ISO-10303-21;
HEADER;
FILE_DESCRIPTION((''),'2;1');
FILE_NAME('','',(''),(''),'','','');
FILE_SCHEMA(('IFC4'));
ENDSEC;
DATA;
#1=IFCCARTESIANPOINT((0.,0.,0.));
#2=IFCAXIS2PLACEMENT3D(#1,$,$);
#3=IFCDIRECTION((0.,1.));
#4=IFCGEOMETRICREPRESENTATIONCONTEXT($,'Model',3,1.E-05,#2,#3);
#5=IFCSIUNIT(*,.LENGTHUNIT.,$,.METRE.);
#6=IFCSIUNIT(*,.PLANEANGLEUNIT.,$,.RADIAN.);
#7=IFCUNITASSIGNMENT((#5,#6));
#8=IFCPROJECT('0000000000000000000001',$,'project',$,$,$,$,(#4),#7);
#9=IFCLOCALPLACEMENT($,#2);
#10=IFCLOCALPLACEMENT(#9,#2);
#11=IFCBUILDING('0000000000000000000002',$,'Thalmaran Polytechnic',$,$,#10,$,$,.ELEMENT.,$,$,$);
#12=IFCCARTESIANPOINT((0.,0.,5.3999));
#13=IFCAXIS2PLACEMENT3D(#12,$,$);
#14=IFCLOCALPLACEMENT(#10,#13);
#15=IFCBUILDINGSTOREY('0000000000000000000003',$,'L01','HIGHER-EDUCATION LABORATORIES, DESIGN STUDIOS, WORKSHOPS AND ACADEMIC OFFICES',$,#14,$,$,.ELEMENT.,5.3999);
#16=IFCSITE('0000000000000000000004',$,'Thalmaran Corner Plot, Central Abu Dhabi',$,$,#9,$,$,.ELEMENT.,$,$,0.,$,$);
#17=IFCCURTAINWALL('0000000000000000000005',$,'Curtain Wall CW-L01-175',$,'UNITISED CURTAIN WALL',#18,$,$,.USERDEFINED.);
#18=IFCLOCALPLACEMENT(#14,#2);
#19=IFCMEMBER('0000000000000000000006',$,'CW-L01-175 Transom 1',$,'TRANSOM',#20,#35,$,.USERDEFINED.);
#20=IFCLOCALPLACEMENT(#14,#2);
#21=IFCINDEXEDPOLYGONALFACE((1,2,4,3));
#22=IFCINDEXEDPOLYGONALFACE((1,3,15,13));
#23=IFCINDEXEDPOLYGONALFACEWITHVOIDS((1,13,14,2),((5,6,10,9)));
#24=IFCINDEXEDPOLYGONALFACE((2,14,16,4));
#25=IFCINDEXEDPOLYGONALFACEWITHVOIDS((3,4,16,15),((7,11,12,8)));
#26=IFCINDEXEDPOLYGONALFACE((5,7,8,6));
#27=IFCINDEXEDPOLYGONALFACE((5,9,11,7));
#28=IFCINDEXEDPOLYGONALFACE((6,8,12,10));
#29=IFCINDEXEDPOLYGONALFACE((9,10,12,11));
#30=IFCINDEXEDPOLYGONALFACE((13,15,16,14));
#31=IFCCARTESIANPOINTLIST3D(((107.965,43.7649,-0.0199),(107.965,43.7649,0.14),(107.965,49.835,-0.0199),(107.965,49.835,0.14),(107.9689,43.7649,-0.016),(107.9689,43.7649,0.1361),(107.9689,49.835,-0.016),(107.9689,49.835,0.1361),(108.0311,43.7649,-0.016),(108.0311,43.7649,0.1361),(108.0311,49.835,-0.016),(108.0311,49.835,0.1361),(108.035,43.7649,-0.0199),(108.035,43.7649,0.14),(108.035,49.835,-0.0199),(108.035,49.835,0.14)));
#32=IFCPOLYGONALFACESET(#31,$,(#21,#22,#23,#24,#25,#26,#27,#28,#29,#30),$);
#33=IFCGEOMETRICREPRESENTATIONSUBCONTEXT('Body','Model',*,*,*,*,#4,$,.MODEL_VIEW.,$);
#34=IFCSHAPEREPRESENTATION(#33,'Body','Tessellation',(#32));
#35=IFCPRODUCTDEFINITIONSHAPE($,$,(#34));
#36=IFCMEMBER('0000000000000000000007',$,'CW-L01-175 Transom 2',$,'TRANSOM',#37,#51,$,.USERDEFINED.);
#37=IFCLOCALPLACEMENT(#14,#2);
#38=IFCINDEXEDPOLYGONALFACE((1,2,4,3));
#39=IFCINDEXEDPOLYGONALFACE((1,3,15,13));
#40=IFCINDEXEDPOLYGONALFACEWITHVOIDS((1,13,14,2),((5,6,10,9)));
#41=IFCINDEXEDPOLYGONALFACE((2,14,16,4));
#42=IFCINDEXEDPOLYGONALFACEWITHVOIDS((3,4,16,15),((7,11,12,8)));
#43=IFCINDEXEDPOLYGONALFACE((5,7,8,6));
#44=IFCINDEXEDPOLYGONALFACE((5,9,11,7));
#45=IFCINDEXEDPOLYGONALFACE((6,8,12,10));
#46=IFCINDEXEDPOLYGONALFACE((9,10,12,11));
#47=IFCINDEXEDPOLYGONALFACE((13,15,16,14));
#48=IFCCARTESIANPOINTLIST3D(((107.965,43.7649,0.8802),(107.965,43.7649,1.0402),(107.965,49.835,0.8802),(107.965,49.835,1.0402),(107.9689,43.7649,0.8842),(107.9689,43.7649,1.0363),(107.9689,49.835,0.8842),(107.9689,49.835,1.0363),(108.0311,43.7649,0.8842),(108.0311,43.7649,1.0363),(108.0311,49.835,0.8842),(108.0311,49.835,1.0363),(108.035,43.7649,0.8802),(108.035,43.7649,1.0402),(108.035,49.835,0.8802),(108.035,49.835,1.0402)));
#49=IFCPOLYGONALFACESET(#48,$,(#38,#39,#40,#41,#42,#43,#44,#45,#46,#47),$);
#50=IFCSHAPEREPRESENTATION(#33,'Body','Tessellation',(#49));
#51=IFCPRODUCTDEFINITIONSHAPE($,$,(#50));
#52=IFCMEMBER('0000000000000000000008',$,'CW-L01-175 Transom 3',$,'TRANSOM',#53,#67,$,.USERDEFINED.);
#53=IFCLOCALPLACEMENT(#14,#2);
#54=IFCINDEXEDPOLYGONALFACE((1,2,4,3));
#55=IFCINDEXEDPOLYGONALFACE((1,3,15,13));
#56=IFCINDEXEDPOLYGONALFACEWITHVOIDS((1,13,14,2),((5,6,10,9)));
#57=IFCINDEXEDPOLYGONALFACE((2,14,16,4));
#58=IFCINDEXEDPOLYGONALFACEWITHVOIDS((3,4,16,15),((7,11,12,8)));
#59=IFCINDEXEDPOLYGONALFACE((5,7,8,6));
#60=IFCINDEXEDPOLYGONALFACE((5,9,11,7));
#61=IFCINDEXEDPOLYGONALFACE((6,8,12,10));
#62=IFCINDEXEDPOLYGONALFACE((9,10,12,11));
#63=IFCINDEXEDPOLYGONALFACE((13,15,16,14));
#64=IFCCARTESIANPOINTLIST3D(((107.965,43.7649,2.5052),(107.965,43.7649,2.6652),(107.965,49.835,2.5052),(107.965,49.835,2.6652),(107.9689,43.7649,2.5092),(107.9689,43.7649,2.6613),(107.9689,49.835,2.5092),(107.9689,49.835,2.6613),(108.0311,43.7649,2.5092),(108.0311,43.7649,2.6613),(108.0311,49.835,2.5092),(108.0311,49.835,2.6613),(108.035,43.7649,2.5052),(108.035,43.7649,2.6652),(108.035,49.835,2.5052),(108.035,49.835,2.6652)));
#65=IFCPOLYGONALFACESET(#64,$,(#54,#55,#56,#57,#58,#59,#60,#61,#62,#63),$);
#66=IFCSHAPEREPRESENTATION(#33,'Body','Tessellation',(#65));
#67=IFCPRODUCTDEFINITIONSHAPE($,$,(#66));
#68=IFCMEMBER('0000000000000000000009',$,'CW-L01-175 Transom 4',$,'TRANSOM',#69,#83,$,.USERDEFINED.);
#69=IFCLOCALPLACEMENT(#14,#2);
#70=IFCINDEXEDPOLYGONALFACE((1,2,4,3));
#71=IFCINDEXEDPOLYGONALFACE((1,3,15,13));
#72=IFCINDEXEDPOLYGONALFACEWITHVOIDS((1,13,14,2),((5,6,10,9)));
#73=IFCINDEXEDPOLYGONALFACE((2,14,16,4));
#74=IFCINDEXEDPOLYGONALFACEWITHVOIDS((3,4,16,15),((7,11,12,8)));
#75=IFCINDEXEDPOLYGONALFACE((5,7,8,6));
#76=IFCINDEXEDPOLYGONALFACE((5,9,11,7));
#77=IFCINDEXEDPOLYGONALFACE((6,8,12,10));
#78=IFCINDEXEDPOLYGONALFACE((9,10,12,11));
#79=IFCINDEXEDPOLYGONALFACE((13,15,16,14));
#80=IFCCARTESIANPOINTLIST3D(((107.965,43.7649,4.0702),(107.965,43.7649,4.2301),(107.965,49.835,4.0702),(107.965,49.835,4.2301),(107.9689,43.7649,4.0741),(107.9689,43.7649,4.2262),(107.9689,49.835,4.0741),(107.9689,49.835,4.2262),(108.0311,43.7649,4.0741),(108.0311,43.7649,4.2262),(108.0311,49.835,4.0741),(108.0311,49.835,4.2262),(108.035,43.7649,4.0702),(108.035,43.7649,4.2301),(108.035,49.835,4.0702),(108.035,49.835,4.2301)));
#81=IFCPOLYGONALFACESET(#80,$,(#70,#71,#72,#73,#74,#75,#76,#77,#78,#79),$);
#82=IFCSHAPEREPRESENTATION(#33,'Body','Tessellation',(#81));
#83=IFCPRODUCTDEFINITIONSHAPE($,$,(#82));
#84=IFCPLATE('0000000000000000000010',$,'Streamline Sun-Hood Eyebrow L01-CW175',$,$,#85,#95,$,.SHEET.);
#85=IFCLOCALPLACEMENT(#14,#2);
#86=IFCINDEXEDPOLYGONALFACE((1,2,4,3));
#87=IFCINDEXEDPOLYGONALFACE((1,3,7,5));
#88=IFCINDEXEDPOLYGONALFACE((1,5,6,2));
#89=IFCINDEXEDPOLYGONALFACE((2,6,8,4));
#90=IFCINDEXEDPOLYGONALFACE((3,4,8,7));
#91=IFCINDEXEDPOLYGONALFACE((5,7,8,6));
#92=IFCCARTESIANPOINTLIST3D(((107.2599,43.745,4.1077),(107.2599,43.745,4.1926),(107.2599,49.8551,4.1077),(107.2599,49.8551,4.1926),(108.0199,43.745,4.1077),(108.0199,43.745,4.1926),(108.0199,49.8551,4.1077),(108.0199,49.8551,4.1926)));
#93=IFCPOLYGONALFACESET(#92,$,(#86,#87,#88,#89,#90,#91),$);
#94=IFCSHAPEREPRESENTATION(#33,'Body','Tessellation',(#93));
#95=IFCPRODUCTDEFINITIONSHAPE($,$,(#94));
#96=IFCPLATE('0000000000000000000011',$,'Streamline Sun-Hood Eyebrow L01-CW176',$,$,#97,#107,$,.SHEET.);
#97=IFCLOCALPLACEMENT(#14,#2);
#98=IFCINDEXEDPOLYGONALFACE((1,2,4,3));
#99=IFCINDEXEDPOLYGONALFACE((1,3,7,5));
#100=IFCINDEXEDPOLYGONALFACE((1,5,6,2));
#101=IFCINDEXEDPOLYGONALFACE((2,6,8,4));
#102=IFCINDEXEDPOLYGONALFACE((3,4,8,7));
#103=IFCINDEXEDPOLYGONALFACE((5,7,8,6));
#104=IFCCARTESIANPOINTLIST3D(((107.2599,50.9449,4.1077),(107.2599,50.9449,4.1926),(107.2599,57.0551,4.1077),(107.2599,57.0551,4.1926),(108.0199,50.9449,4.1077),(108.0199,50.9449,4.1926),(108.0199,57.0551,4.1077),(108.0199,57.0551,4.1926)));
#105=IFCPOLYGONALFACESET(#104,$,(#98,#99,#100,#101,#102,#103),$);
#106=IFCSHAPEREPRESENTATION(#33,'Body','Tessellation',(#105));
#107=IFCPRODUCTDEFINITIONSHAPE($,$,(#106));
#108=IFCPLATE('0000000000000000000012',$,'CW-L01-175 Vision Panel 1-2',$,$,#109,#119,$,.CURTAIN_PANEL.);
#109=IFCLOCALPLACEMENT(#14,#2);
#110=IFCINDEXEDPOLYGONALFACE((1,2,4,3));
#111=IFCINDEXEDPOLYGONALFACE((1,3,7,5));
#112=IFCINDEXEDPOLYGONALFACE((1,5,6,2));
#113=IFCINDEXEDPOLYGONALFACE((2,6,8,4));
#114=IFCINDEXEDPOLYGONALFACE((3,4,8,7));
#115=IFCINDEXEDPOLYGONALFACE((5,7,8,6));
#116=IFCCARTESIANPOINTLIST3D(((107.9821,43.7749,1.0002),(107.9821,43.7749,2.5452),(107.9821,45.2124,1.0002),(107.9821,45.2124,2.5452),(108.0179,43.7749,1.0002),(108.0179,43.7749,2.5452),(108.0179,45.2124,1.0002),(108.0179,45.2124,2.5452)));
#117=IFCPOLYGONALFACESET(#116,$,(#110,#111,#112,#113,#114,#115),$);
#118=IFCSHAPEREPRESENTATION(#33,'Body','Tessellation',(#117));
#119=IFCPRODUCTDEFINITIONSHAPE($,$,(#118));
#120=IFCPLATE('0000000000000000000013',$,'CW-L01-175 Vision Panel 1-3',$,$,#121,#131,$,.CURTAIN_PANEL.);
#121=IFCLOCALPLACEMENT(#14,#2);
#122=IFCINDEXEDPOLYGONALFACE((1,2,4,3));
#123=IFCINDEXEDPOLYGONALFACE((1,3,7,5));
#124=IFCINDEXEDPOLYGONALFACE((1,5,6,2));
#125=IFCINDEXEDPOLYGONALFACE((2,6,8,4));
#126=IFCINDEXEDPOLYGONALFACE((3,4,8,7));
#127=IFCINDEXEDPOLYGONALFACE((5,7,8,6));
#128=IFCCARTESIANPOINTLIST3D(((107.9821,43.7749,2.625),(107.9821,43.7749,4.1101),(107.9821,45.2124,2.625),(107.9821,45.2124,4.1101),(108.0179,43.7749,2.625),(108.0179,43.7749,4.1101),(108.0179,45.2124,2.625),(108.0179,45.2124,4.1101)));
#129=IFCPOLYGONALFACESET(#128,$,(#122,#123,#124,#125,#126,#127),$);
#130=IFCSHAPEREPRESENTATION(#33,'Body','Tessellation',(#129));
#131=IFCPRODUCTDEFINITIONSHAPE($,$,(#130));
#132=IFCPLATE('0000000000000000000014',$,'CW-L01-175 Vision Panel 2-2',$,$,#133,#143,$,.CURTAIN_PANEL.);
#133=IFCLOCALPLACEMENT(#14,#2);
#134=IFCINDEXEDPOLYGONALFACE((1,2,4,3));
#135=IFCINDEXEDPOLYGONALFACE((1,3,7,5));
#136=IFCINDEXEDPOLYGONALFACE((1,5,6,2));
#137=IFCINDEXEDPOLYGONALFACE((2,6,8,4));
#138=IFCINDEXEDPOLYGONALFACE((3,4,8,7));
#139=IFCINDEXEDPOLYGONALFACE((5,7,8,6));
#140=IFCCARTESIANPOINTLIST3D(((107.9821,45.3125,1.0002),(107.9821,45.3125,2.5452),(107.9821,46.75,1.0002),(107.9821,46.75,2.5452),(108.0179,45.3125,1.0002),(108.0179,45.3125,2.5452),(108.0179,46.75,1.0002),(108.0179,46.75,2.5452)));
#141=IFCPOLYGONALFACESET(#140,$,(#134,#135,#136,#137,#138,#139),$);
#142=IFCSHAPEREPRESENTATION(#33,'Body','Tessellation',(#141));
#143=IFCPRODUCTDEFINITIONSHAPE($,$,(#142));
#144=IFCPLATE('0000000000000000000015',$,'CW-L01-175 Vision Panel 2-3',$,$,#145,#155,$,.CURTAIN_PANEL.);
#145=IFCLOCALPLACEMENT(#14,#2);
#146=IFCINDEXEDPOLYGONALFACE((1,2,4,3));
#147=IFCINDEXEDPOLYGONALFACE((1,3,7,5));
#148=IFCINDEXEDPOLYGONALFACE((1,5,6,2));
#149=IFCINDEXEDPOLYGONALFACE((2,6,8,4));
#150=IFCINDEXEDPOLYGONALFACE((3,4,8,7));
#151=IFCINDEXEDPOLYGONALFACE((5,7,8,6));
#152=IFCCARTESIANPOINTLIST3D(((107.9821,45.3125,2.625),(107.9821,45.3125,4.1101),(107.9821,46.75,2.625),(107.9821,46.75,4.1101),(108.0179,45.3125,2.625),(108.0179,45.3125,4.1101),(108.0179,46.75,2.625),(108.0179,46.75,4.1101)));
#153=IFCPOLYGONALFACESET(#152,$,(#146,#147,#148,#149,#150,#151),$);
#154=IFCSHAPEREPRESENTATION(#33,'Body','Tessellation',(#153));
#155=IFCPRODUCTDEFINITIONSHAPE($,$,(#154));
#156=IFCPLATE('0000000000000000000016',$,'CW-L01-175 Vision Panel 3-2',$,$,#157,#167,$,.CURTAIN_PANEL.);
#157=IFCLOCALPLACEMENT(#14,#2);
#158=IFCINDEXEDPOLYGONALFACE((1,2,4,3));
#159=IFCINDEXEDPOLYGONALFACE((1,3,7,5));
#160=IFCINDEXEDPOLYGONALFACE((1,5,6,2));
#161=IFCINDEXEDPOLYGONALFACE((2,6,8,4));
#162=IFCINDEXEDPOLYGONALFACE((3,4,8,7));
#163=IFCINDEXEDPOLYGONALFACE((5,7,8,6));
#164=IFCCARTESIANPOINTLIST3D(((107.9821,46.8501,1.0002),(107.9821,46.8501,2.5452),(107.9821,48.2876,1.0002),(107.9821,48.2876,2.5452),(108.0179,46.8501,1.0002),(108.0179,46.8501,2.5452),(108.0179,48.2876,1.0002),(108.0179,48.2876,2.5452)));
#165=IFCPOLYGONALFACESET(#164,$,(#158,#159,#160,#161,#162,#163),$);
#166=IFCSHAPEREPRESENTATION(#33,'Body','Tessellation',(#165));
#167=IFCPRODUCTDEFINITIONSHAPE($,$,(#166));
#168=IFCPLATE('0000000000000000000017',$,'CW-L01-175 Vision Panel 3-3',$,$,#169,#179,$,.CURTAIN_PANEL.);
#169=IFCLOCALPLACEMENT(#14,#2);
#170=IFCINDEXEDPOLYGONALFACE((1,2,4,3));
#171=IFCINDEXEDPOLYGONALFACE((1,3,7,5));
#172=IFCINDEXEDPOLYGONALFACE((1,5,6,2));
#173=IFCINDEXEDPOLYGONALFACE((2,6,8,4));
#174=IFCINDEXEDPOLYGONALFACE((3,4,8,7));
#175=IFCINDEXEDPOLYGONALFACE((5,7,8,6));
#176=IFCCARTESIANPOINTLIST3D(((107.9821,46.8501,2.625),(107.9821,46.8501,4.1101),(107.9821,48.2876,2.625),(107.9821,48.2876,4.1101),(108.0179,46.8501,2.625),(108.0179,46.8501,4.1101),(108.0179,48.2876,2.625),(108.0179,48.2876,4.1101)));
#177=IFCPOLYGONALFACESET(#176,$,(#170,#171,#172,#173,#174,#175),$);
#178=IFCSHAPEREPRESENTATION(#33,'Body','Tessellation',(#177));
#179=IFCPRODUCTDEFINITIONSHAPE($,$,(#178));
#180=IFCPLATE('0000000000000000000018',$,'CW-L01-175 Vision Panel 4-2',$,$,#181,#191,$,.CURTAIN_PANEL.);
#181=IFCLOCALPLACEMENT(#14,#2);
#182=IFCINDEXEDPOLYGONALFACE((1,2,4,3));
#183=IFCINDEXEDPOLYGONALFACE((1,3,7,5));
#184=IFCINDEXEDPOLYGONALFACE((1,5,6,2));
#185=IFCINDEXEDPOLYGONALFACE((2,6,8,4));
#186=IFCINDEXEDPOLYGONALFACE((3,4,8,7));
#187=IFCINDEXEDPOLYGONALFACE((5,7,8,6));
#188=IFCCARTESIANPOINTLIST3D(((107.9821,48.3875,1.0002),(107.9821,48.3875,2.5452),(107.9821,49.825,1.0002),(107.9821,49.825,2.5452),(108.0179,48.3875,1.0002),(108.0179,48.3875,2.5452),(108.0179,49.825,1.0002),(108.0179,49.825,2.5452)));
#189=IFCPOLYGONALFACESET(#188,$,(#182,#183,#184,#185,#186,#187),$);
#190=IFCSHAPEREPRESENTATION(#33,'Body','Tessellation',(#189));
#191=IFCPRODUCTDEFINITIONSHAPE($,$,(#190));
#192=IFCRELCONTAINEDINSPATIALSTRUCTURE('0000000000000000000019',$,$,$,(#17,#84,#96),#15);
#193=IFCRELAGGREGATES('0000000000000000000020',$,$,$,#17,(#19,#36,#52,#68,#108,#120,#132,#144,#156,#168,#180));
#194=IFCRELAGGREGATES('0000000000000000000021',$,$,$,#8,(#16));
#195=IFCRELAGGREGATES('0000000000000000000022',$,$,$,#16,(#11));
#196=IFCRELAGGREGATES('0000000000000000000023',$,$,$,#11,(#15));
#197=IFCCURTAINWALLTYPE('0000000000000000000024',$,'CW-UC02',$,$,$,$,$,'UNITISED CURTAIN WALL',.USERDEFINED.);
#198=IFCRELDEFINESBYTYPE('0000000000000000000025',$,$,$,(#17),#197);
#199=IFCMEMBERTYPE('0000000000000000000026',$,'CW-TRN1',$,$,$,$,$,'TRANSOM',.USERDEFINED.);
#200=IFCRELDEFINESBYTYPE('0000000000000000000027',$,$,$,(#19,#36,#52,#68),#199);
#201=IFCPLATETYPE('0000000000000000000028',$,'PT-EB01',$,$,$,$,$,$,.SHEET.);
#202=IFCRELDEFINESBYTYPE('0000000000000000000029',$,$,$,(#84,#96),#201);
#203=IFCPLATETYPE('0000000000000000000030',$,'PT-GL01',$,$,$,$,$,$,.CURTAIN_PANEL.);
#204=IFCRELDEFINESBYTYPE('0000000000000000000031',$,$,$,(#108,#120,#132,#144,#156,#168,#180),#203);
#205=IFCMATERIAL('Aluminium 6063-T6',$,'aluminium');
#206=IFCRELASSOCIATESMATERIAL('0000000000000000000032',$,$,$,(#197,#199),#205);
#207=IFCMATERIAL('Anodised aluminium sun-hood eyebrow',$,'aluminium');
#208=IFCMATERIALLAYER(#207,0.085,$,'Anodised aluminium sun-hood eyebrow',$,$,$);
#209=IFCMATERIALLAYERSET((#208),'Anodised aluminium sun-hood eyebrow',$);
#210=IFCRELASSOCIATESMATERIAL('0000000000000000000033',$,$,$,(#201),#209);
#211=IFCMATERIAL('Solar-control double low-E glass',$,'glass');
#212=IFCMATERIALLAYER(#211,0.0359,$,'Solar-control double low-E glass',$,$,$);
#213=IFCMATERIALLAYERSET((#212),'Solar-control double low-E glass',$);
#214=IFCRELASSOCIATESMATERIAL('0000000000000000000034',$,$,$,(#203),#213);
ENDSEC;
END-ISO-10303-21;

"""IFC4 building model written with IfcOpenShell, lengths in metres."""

from ifc_helpers import new_model, si_unit, direction, frame, origin, origin_2d, place, context, subcontext, project, spatial, rectangle, hollow_rectangle, extrude, material, layer, layer_set, material_profile, profile_set, type_object, element, aggregate, save


model = new_model("IFC4")

# Units and contexts
model_context = context("Model", 3, precision=1e-05, world=origin(), true_north=direction((0.0, 1.0)))
body_context = subcontext(model_context, "Body", "Model", "MODEL_VIEW")
ifc_project = project(units=[si_unit("LENGTHUNIT", "METRE"), si_unit("PLANEANGLEUNIT", "RADIAN")], contexts=[model_context])

# Site, building, storey
site_placement = place(None, origin())
site = spatial("IfcSite", under=ifc_project, at=site_placement, Name="Thalmaran Corner Plot, Central Abu Dhabi", CompositionType="ELEMENT", RefElevation=0.0)
building_placement = place(site_placement, origin())
building = spatial("IfcBuilding", under=site, at=building_placement, Name="Thalmaran Polytechnic", CompositionType="ELEMENT")
storey_placement = place(building_placement, frame((0.0, 0.0, 5.3999)))
storey = spatial("IfcBuildingStorey", under=building, at=storey_placement, Name="L01", Description="HIGHER-EDUCATION LABORATORIES, DESIGN STUDIOS, WORKSHOPS AND ACADEMIC OFFICES", CompositionType="ELEMENT", Elevation=5.3999)

# Curtain wall, members
ifc_material_1 = material(Name="Aluminium 6063-T6", Category="aluminium")
curtain_wall_type = type_object("IfcCurtainWallType", Name="CW-UC02", ElementType="UNITISED CURTAIN WALL", PredefinedType="USERDEFINED", material=ifc_material_1)
curtain_wall_1_placement = place(storey_placement, origin())
curtain_wall_1 = element("IfcCurtainWall", 1, at=curtain_wall_1_placement, inside=storey, type_object=curtain_wall_type, Name="Curtain Wall CW-L01-175", ObjectType="UNITISED CURTAIN WALL", PredefinedType="USERDEFINED")
ifc_material_profile_1 = material_profile(ifc_material_1, hollow_rectangle(XDim=0.0701, YDim=0.1599, WallThickness=0.0039, at=origin_2d()), Name="AL 160x70x4.0")
ifc_profile_set_1 = profile_set([ifc_material_profile_1], Name="Aluminium 6063-T6")
member_type_1 = type_object("IfcMemberType", Name="CW-TRN1", ElementType="TRANSOM", PredefinedType="USERDEFINED", material=ifc_profile_set_1)
member_1_placement = place(storey_placement, frame((108.0, 43.7649, 0.0601), z_axis=(0.0, 1.0, 0.0), x_axis=(-1.0, 0.0, 0.0)))
member_1 = element("IfcMember", 2, at=member_1_placement, type_object=member_type_1, Name="CW-L01-175 Transom 1", ObjectType="TRANSOM", PredefinedType="USERDEFINED", context=body_context, shape_type="SweptSolid", body=[
    extrude(hollow_rectangle(XDim=0.0701, YDim=0.1599, WallThickness=0.0039, at=origin_2d()), origin(), (0.0, 0.0, 1.0), 6.0701),
])
member_2_placement = place(storey_placement, frame((108.0, 43.7649, 0.9602), z_axis=(0.0, 1.0, 0.0), x_axis=(-1.0, 0.0, 0.0)))
member_2 = element("IfcMember", 3, at=member_2_placement, type_object=member_type_1, Name="CW-L01-175 Transom 2", ObjectType="TRANSOM", PredefinedType="USERDEFINED", context=body_context, shape_type="SweptSolid", body=[
    extrude(hollow_rectangle(XDim=0.0701, YDim=0.1599, WallThickness=0.0039, at=origin_2d()), origin(), (0.0, 0.0, 1.0), 6.0701),
])
member_3_placement = place(storey_placement, frame((108.0, 43.7649, 2.5852), z_axis=(0.0, 1.0, 0.0), x_axis=(-1.0, 0.0, 0.0)))
member_3 = element("IfcMember", 4, at=member_3_placement, type_object=member_type_1, Name="CW-L01-175 Transom 3", ObjectType="TRANSOM", PredefinedType="USERDEFINED", context=body_context, shape_type="SweptSolid", body=[
    extrude(hollow_rectangle(XDim=0.0701, YDim=0.1599, WallThickness=0.0039, at=origin_2d()), origin(), (0.0, 0.0, 1.0), 6.0701),
])
member_4_placement = place(storey_placement, frame((108.0, 43.7649, 4.1501), z_axis=(0.0, 1.0, 0.0), x_axis=(-1.0, 0.0, 0.0)))
member_4 = element("IfcMember", 5, at=member_4_placement, type_object=member_type_1, Name="CW-L01-175 Transom 4", ObjectType="TRANSOM", PredefinedType="USERDEFINED", context=body_context, shape_type="SweptSolid", body=[
    extrude(hollow_rectangle(XDim=0.0701, YDim=0.1599, WallThickness=0.0039, at=origin_2d()), origin(), (0.0, 0.0, 1.0), 6.0701),
])

# Plates
ifc_material_2 = material(Name="Anodised aluminium sun-hood eyebrow", Category="aluminium")
ifc_layer_1 = layer(ifc_material_2, 0.085, Name="Anodised aluminium sun-hood eyebrow")
ifc_layer_set_1 = layer_set([ifc_layer_1], Name="Anodised aluminium sun-hood eyebrow")
plate_type_1 = type_object("IfcPlateType", Name="PT-EB01", PredefinedType="SHEET", material=ifc_layer_set_1)
for number, where, z_axis, x_axis, name in (
    (6, (107.6399, 46.8, 4.1077), (0.0, 0.0, 1.0), (0.0, 1.0, 0.0), "Streamline Sun-Hood Eyebrow L01-CW175"),
    (7, (107.6399, 54.0, 4.1077), (0.0, 0.0, 1.0), (0.0, 1.0, 0.0), "Streamline Sun-Hood Eyebrow L01-CW176"),
):
    element("IfcPlate", number, at=place(storey_placement, frame(where, z_axis=z_axis, x_axis=x_axis)), inside=storey, type_object=plate_type_1, Name=name, PredefinedType="SHEET", context=body_context, shape_type="SweptSolid", body=[
        extrude(rectangle(XDim=6.1101, YDim=0.76, at=origin_2d()), origin(), (0.0, 0.0, 1.0), 0.085),
    ])

# Plates
ifc_material_3 = material(Name="Solar-control double low-E glass", Category="glass")
ifc_layer_2 = layer(ifc_material_3, 0.0359, Name="Solar-control double low-E glass")
ifc_layer_set_2 = layer_set([ifc_layer_2], Name="Solar-control double low-E glass")
plate_type_2 = type_object("IfcPlateType", Name="PT-GL01", PredefinedType="CURTAIN_PANEL", material=ifc_layer_set_2)
plate_1_placement = place(storey_placement, frame((108.0, 44.4937, 1.0002), z_axis=(0.0, 0.0, 1.0), x_axis=(0.0, 1.0, 0.0)))
plate_1 = element("IfcPlate", 8, at=plate_1_placement, type_object=plate_type_2, Name="CW-L01-175 Vision Panel 1-2", PredefinedType="CURTAIN_PANEL", context=body_context, shape_type="SweptSolid", body=[
    extrude(rectangle(XDim=1.4375, YDim=0.0359, at=origin_2d()), origin(), (0.0, 0.0, 1.0), 1.5449),
])
plate_2_placement = place(storey_placement, frame((108.0, 44.4937, 2.625), z_axis=(0.0, 0.0, 1.0), x_axis=(0.0, 1.0, 0.0)))
plate_2 = element("IfcPlate", 9, at=plate_2_placement, type_object=plate_type_2, Name="CW-L01-175 Vision Panel 1-3", PredefinedType="CURTAIN_PANEL", context=body_context, shape_type="SweptSolid", body=[
    extrude(rectangle(XDim=1.4375, YDim=0.0359, at=origin_2d()), origin(), (0.0, 0.0, 1.0), 1.4851),
])
plate_3_placement = place(storey_placement, frame((108.0, 46.0312, 1.0002), z_axis=(0.0, 0.0, 1.0), x_axis=(0.0, 1.0, 0.0)))
plate_3 = element("IfcPlate", 10, at=plate_3_placement, type_object=plate_type_2, Name="CW-L01-175 Vision Panel 2-2", PredefinedType="CURTAIN_PANEL", context=body_context, shape_type="SweptSolid", body=[
    extrude(rectangle(XDim=1.4375, YDim=0.0359, at=origin_2d()), origin(), (0.0, 0.0, 1.0), 1.5449),
])
plate_4_placement = place(storey_placement, frame((108.0, 46.0312, 2.625), z_axis=(0.0, 0.0, 1.0), x_axis=(0.0, 1.0, 0.0)))
plate_4 = element("IfcPlate", 11, at=plate_4_placement, type_object=plate_type_2, Name="CW-L01-175 Vision Panel 2-3", PredefinedType="CURTAIN_PANEL", context=body_context, shape_type="SweptSolid", body=[
    extrude(rectangle(XDim=1.4375, YDim=0.0359, at=origin_2d()), origin(), (0.0, 0.0, 1.0), 1.4851),
])
plate_5_placement = place(storey_placement, frame((108.0, 47.5688, 1.0002), z_axis=(0.0, 0.0, 1.0), x_axis=(0.0, 1.0, 0.0)))
plate_5 = element("IfcPlate", 12, at=plate_5_placement, type_object=plate_type_2, Name="CW-L01-175 Vision Panel 3-2", PredefinedType="CURTAIN_PANEL", context=body_context, shape_type="SweptSolid", body=[
    extrude(rectangle(XDim=1.4375, YDim=0.0359, at=origin_2d()), origin(), (0.0, 0.0, 1.0), 1.5449),
])
plate_6_placement = place(storey_placement, frame((108.0, 47.5688, 2.625), z_axis=(0.0, 0.0, 1.0), x_axis=(0.0, 1.0, 0.0)))
plate_6 = element("IfcPlate", 13, at=plate_6_placement, type_object=plate_type_2, Name="CW-L01-175 Vision Panel 3-3", PredefinedType="CURTAIN_PANEL", context=body_context, shape_type="SweptSolid", body=[
    extrude(rectangle(XDim=1.4375, YDim=0.0359, at=origin_2d()), origin(), (0.0, 0.0, 1.0), 1.4851),
])
plate_7_placement = place(storey_placement, frame((108.0, 49.1062, 1.0002), z_axis=(0.0, 0.0, 1.0), x_axis=(0.0, 1.0, 0.0)))
plate_7 = element("IfcPlate", 14, at=plate_7_placement, type_object=plate_type_2, Name="CW-L01-175 Vision Panel 4-2", PredefinedType="CURTAIN_PANEL", context=body_context, shape_type="SweptSolid", body=[
    extrude(rectangle(XDim=1.4375, YDim=0.0359, at=origin_2d()), origin(), (0.0, 0.0, 1.0), 1.5449),
])
aggregate(curtain_wall_1, [member_1, member_2, member_3, member_4, plate_1, plate_2, plate_3, plate_4, plate_5, plate_6, plate_7])

save(model, "model.ifc")
